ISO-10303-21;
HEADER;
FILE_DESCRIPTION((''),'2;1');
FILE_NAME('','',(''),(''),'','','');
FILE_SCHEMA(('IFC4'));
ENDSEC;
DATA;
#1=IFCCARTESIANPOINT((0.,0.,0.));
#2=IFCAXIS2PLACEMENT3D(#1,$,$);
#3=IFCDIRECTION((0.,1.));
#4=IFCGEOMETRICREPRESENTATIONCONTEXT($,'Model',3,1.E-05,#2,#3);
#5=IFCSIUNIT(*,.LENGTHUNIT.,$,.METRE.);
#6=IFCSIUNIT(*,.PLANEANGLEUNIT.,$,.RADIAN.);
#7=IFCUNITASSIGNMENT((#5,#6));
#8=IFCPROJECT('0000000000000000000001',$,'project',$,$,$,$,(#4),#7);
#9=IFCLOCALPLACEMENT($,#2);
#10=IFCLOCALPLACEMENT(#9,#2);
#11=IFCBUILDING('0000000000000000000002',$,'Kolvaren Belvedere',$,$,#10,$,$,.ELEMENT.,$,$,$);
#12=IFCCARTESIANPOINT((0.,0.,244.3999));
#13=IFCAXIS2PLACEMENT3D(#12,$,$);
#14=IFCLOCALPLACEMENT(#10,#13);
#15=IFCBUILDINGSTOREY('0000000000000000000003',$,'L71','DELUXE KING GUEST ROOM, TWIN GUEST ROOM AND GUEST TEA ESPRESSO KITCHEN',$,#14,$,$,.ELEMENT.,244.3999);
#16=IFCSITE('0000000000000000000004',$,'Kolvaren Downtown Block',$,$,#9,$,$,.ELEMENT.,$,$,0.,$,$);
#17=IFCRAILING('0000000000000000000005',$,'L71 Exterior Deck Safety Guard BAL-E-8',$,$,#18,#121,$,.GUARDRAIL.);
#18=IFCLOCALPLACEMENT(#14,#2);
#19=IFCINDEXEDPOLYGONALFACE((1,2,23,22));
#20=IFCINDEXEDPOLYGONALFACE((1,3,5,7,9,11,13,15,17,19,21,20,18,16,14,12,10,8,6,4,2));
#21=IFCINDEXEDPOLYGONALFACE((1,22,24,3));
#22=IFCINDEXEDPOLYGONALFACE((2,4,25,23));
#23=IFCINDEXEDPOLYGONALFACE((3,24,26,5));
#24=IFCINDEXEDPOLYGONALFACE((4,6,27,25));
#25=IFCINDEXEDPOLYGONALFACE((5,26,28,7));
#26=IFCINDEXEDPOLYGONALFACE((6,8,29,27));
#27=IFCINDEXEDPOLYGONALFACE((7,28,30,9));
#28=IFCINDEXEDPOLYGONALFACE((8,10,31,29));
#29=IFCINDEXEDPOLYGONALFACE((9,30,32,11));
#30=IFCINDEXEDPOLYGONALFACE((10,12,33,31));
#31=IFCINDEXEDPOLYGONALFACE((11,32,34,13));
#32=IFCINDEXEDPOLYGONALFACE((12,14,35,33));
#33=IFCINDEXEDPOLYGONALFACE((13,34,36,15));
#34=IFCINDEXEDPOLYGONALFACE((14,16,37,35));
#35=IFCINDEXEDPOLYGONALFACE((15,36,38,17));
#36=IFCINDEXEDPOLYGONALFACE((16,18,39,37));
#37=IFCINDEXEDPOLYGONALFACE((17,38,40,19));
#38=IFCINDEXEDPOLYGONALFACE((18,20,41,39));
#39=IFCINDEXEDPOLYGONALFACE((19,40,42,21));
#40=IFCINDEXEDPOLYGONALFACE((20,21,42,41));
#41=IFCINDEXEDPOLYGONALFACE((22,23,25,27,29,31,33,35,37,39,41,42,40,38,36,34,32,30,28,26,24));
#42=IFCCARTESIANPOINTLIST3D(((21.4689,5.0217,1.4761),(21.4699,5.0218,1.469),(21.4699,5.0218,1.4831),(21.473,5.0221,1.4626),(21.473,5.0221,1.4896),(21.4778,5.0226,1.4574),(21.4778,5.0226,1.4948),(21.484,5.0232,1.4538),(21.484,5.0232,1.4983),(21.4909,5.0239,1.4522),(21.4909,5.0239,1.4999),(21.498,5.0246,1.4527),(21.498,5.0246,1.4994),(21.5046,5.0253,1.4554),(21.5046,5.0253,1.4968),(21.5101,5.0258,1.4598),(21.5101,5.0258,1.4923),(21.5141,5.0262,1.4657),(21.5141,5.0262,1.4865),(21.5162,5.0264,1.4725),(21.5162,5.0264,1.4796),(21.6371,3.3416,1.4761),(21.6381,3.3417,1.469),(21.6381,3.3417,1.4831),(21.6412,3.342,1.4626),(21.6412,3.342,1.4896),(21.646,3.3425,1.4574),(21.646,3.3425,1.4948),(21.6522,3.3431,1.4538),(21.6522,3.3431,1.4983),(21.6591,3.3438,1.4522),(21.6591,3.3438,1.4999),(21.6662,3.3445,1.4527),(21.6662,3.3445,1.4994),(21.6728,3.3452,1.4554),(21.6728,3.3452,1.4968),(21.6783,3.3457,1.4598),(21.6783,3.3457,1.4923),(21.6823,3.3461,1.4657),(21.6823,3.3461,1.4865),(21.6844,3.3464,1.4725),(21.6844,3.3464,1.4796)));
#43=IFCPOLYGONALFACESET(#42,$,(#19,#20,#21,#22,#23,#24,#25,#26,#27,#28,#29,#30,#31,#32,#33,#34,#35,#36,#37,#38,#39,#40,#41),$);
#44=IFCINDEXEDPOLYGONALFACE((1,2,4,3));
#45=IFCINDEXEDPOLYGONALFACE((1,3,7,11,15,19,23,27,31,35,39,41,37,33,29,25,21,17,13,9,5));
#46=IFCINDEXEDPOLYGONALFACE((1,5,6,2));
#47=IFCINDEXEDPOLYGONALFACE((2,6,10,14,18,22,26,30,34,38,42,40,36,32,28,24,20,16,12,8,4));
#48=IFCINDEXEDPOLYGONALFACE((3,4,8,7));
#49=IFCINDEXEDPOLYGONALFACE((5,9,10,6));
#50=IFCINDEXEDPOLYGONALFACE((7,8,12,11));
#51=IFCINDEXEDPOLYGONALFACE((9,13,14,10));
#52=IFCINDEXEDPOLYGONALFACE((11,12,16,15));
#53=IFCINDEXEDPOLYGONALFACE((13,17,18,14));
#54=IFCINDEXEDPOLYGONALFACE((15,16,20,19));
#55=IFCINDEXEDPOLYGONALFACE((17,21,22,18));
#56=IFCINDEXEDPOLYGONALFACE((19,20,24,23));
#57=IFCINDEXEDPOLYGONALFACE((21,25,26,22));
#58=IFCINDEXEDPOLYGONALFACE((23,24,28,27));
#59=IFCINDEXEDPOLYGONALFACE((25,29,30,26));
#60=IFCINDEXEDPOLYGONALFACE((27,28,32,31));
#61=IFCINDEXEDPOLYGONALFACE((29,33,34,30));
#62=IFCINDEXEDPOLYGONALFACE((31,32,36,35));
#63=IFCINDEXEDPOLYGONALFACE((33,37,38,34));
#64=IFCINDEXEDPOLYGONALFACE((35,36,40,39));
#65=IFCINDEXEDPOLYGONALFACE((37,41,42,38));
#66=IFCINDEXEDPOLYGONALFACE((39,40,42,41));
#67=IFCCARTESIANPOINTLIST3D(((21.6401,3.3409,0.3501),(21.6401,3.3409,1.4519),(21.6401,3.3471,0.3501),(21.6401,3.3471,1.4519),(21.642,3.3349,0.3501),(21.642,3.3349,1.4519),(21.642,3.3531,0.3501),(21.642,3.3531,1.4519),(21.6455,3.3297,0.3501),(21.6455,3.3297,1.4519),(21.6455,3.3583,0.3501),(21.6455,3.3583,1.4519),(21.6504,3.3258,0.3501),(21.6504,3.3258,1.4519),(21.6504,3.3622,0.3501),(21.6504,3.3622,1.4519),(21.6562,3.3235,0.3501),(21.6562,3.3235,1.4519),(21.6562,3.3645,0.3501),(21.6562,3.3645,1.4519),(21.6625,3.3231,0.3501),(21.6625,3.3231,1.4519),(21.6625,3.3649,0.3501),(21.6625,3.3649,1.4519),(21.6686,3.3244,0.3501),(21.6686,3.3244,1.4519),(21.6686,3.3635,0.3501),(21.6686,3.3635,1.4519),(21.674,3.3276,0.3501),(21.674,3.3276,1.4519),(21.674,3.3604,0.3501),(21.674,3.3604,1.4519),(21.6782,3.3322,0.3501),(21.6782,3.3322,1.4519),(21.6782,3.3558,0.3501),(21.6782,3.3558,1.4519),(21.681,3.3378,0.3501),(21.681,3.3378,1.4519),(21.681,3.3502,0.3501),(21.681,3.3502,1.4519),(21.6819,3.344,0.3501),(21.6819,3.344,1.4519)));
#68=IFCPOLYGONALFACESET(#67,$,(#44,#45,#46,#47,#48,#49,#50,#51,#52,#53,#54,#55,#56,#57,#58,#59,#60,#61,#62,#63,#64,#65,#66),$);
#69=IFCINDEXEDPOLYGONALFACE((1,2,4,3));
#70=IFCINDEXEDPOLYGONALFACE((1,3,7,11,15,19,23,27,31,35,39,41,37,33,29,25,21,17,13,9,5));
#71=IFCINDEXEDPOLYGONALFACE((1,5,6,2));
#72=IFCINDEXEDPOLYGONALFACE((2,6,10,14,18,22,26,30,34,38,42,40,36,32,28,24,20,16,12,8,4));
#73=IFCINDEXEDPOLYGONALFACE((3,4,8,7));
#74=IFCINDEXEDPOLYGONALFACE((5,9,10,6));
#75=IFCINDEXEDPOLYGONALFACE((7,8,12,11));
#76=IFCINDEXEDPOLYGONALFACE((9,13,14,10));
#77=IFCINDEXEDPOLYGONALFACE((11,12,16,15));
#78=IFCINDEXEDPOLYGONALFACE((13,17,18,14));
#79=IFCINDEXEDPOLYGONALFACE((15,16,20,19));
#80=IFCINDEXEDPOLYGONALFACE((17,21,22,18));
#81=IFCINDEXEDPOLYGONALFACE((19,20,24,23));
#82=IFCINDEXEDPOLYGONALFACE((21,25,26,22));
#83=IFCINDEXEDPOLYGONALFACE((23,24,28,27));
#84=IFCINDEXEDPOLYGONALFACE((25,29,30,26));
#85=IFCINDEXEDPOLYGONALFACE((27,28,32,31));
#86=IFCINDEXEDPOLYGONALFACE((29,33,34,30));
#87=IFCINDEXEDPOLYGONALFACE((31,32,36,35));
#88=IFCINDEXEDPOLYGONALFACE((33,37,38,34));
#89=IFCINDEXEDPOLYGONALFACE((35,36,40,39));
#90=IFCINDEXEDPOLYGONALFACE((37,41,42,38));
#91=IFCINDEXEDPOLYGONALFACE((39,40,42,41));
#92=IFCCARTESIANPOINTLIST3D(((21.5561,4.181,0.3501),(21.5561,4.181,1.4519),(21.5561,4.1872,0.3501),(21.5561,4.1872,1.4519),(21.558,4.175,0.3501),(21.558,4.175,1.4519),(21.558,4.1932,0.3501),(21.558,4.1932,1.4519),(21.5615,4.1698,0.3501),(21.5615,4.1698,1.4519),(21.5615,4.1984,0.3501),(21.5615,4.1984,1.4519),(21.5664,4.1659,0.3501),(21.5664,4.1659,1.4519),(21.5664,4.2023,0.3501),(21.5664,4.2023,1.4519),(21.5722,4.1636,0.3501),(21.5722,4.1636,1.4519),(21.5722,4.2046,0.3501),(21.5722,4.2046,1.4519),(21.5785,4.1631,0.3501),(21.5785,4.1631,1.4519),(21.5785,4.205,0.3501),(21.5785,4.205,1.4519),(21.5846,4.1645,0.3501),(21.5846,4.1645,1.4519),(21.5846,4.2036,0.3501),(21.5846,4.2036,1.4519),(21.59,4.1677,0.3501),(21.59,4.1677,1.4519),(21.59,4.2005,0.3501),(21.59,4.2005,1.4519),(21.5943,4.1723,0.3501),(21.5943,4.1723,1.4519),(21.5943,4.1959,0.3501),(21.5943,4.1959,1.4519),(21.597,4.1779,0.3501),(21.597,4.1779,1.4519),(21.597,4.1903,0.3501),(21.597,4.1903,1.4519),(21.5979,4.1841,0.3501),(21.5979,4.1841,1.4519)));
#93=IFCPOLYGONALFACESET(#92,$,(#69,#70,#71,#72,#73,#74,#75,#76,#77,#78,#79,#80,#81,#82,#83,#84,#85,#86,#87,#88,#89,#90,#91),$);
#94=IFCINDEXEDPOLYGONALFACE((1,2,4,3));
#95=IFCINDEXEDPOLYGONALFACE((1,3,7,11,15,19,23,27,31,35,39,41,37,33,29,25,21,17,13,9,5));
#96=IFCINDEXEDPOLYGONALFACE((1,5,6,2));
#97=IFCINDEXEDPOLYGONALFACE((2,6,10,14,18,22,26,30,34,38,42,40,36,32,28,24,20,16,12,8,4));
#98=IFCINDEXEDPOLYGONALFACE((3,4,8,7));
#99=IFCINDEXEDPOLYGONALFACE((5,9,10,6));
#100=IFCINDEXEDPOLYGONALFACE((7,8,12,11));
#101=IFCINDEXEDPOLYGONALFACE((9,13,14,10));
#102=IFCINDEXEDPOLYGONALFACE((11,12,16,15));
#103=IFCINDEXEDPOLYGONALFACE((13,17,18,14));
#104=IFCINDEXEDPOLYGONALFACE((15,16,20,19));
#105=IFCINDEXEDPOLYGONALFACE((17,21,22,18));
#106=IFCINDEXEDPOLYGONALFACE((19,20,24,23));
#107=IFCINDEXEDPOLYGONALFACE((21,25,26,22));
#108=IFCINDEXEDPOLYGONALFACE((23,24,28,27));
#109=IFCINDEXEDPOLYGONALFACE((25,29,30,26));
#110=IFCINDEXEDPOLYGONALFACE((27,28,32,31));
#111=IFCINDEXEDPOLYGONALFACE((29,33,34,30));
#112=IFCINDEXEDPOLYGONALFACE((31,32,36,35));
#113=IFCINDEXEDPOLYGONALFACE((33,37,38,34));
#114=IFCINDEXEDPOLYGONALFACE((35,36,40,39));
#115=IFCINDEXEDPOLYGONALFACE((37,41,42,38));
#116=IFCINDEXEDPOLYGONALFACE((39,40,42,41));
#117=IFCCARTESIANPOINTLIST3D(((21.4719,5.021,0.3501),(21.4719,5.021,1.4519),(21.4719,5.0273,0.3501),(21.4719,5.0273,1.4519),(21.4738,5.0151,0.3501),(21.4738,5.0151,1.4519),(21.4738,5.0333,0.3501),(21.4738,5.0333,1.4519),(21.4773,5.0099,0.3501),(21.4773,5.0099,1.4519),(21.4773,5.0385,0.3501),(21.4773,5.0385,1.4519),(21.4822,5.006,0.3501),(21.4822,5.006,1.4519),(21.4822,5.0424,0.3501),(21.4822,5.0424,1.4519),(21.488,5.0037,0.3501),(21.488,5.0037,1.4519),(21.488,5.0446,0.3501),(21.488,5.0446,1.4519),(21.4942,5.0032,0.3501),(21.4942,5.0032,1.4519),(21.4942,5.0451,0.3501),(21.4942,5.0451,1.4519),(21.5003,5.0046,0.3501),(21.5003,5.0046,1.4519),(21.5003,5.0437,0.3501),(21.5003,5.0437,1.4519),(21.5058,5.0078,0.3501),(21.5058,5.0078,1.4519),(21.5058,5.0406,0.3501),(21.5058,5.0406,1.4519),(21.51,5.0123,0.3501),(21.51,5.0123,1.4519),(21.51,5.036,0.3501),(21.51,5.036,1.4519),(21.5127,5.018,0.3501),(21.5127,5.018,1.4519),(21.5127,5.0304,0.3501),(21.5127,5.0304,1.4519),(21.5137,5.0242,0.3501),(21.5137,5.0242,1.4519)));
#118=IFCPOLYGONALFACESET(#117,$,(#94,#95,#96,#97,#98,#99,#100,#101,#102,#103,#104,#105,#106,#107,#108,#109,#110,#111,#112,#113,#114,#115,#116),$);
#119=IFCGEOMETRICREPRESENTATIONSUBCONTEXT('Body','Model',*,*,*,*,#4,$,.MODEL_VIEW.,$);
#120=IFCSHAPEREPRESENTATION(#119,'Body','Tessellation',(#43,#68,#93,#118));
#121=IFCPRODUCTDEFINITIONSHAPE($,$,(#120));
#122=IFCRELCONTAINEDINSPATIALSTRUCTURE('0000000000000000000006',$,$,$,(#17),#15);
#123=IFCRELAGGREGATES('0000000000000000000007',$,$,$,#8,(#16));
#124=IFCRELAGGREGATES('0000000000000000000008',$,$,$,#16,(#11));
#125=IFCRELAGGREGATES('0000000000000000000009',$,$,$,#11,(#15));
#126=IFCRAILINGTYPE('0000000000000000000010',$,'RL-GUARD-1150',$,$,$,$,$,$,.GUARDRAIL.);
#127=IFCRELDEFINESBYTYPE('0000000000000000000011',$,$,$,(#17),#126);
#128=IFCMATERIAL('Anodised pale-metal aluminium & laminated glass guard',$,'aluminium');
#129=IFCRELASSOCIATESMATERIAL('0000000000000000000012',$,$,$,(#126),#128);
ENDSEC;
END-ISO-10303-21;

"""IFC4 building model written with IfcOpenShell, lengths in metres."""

from ifc_helpers import new_model, si_unit, direction, frame, origin, origin_2d, place, context, subcontext, project, spatial, circle, extrude, material, type_object, element, save


model = new_model("IFC4")

# Units and contexts
model_context = context("Model", 3, precision=1e-05, world=origin(), true_north=direction((0.0, 1.0)))
body_context = subcontext(model_context, "Body", "Model", "MODEL_VIEW")
ifc_project = project(units=[si_unit("LENGTHUNIT", "METRE"), si_unit("PLANEANGLEUNIT", "RADIAN")], contexts=[model_context])

# Site, building, storey
site_placement = place(None, origin())
site = spatial("IfcSite", under=ifc_project, at=site_placement, Name="Kolvaren Downtown Block", CompositionType="ELEMENT", RefElevation=0.0)
building_placement = place(site_placement, origin())
building = spatial("IfcBuilding", under=site, at=building_placement, Name="Kolvaren Belvedere", CompositionType="ELEMENT")
storey_placement = place(building_placement, frame((0.0, 0.0, 244.3999)))
storey = spatial("IfcBuildingStorey", under=building, at=storey_placement, Name="L71", Description="DELUXE KING GUEST ROOM, TWIN GUEST ROOM AND GUEST TEA ESPRESSO KITCHEN", CompositionType="ELEMENT", Elevation=244.3999)

# Railing
ifc_material_1 = material(Name="Anodised pale-metal aluminium & laminated glass guard", Category="aluminium")
railing_type = type_object("IfcRailingType", Name="RL-GUARD-1150", PredefinedType="GUARDRAIL", material=ifc_material_1)
railing_1_placement = place(storey_placement, frame((21.6609, 3.344, 0.3501)))
element("IfcRailing", 1, at=railing_1_placement, inside=storey, type_object=railing_type, Name="L71 Exterior Deck Safety Guard BAL-E-8", PredefinedType="GUARDRAIL", context=body_context, shape_type="SweptSolid", body=[
    extrude(circle(Radius=0.0239, at=origin_2d()), frame((0.0, 0.0, 1.126), z_axis=(-0.099618, 0.995026, 0.0), x_axis=(-0.995026, -0.099618, 0.0)), (0.0, 0.0, 1.0), 1.6885),
    extrude(circle(Radius=0.021, at=origin_2d()), origin(), (0.0, 0.0, 1.0), 1.1018),
    extrude(circle(Radius=0.021, at=origin_2d()), frame((-0.084, 0.8401, 0.0)), (0.0, 0.0, 1.0), 1.1018),
    extrude(circle(Radius=0.021, at=origin_2d()), frame((-0.1682, 1.6802, 0.0)), (0.0, 0.0, 1.0), 1.1018),
])

save(model, "model.ifc")
